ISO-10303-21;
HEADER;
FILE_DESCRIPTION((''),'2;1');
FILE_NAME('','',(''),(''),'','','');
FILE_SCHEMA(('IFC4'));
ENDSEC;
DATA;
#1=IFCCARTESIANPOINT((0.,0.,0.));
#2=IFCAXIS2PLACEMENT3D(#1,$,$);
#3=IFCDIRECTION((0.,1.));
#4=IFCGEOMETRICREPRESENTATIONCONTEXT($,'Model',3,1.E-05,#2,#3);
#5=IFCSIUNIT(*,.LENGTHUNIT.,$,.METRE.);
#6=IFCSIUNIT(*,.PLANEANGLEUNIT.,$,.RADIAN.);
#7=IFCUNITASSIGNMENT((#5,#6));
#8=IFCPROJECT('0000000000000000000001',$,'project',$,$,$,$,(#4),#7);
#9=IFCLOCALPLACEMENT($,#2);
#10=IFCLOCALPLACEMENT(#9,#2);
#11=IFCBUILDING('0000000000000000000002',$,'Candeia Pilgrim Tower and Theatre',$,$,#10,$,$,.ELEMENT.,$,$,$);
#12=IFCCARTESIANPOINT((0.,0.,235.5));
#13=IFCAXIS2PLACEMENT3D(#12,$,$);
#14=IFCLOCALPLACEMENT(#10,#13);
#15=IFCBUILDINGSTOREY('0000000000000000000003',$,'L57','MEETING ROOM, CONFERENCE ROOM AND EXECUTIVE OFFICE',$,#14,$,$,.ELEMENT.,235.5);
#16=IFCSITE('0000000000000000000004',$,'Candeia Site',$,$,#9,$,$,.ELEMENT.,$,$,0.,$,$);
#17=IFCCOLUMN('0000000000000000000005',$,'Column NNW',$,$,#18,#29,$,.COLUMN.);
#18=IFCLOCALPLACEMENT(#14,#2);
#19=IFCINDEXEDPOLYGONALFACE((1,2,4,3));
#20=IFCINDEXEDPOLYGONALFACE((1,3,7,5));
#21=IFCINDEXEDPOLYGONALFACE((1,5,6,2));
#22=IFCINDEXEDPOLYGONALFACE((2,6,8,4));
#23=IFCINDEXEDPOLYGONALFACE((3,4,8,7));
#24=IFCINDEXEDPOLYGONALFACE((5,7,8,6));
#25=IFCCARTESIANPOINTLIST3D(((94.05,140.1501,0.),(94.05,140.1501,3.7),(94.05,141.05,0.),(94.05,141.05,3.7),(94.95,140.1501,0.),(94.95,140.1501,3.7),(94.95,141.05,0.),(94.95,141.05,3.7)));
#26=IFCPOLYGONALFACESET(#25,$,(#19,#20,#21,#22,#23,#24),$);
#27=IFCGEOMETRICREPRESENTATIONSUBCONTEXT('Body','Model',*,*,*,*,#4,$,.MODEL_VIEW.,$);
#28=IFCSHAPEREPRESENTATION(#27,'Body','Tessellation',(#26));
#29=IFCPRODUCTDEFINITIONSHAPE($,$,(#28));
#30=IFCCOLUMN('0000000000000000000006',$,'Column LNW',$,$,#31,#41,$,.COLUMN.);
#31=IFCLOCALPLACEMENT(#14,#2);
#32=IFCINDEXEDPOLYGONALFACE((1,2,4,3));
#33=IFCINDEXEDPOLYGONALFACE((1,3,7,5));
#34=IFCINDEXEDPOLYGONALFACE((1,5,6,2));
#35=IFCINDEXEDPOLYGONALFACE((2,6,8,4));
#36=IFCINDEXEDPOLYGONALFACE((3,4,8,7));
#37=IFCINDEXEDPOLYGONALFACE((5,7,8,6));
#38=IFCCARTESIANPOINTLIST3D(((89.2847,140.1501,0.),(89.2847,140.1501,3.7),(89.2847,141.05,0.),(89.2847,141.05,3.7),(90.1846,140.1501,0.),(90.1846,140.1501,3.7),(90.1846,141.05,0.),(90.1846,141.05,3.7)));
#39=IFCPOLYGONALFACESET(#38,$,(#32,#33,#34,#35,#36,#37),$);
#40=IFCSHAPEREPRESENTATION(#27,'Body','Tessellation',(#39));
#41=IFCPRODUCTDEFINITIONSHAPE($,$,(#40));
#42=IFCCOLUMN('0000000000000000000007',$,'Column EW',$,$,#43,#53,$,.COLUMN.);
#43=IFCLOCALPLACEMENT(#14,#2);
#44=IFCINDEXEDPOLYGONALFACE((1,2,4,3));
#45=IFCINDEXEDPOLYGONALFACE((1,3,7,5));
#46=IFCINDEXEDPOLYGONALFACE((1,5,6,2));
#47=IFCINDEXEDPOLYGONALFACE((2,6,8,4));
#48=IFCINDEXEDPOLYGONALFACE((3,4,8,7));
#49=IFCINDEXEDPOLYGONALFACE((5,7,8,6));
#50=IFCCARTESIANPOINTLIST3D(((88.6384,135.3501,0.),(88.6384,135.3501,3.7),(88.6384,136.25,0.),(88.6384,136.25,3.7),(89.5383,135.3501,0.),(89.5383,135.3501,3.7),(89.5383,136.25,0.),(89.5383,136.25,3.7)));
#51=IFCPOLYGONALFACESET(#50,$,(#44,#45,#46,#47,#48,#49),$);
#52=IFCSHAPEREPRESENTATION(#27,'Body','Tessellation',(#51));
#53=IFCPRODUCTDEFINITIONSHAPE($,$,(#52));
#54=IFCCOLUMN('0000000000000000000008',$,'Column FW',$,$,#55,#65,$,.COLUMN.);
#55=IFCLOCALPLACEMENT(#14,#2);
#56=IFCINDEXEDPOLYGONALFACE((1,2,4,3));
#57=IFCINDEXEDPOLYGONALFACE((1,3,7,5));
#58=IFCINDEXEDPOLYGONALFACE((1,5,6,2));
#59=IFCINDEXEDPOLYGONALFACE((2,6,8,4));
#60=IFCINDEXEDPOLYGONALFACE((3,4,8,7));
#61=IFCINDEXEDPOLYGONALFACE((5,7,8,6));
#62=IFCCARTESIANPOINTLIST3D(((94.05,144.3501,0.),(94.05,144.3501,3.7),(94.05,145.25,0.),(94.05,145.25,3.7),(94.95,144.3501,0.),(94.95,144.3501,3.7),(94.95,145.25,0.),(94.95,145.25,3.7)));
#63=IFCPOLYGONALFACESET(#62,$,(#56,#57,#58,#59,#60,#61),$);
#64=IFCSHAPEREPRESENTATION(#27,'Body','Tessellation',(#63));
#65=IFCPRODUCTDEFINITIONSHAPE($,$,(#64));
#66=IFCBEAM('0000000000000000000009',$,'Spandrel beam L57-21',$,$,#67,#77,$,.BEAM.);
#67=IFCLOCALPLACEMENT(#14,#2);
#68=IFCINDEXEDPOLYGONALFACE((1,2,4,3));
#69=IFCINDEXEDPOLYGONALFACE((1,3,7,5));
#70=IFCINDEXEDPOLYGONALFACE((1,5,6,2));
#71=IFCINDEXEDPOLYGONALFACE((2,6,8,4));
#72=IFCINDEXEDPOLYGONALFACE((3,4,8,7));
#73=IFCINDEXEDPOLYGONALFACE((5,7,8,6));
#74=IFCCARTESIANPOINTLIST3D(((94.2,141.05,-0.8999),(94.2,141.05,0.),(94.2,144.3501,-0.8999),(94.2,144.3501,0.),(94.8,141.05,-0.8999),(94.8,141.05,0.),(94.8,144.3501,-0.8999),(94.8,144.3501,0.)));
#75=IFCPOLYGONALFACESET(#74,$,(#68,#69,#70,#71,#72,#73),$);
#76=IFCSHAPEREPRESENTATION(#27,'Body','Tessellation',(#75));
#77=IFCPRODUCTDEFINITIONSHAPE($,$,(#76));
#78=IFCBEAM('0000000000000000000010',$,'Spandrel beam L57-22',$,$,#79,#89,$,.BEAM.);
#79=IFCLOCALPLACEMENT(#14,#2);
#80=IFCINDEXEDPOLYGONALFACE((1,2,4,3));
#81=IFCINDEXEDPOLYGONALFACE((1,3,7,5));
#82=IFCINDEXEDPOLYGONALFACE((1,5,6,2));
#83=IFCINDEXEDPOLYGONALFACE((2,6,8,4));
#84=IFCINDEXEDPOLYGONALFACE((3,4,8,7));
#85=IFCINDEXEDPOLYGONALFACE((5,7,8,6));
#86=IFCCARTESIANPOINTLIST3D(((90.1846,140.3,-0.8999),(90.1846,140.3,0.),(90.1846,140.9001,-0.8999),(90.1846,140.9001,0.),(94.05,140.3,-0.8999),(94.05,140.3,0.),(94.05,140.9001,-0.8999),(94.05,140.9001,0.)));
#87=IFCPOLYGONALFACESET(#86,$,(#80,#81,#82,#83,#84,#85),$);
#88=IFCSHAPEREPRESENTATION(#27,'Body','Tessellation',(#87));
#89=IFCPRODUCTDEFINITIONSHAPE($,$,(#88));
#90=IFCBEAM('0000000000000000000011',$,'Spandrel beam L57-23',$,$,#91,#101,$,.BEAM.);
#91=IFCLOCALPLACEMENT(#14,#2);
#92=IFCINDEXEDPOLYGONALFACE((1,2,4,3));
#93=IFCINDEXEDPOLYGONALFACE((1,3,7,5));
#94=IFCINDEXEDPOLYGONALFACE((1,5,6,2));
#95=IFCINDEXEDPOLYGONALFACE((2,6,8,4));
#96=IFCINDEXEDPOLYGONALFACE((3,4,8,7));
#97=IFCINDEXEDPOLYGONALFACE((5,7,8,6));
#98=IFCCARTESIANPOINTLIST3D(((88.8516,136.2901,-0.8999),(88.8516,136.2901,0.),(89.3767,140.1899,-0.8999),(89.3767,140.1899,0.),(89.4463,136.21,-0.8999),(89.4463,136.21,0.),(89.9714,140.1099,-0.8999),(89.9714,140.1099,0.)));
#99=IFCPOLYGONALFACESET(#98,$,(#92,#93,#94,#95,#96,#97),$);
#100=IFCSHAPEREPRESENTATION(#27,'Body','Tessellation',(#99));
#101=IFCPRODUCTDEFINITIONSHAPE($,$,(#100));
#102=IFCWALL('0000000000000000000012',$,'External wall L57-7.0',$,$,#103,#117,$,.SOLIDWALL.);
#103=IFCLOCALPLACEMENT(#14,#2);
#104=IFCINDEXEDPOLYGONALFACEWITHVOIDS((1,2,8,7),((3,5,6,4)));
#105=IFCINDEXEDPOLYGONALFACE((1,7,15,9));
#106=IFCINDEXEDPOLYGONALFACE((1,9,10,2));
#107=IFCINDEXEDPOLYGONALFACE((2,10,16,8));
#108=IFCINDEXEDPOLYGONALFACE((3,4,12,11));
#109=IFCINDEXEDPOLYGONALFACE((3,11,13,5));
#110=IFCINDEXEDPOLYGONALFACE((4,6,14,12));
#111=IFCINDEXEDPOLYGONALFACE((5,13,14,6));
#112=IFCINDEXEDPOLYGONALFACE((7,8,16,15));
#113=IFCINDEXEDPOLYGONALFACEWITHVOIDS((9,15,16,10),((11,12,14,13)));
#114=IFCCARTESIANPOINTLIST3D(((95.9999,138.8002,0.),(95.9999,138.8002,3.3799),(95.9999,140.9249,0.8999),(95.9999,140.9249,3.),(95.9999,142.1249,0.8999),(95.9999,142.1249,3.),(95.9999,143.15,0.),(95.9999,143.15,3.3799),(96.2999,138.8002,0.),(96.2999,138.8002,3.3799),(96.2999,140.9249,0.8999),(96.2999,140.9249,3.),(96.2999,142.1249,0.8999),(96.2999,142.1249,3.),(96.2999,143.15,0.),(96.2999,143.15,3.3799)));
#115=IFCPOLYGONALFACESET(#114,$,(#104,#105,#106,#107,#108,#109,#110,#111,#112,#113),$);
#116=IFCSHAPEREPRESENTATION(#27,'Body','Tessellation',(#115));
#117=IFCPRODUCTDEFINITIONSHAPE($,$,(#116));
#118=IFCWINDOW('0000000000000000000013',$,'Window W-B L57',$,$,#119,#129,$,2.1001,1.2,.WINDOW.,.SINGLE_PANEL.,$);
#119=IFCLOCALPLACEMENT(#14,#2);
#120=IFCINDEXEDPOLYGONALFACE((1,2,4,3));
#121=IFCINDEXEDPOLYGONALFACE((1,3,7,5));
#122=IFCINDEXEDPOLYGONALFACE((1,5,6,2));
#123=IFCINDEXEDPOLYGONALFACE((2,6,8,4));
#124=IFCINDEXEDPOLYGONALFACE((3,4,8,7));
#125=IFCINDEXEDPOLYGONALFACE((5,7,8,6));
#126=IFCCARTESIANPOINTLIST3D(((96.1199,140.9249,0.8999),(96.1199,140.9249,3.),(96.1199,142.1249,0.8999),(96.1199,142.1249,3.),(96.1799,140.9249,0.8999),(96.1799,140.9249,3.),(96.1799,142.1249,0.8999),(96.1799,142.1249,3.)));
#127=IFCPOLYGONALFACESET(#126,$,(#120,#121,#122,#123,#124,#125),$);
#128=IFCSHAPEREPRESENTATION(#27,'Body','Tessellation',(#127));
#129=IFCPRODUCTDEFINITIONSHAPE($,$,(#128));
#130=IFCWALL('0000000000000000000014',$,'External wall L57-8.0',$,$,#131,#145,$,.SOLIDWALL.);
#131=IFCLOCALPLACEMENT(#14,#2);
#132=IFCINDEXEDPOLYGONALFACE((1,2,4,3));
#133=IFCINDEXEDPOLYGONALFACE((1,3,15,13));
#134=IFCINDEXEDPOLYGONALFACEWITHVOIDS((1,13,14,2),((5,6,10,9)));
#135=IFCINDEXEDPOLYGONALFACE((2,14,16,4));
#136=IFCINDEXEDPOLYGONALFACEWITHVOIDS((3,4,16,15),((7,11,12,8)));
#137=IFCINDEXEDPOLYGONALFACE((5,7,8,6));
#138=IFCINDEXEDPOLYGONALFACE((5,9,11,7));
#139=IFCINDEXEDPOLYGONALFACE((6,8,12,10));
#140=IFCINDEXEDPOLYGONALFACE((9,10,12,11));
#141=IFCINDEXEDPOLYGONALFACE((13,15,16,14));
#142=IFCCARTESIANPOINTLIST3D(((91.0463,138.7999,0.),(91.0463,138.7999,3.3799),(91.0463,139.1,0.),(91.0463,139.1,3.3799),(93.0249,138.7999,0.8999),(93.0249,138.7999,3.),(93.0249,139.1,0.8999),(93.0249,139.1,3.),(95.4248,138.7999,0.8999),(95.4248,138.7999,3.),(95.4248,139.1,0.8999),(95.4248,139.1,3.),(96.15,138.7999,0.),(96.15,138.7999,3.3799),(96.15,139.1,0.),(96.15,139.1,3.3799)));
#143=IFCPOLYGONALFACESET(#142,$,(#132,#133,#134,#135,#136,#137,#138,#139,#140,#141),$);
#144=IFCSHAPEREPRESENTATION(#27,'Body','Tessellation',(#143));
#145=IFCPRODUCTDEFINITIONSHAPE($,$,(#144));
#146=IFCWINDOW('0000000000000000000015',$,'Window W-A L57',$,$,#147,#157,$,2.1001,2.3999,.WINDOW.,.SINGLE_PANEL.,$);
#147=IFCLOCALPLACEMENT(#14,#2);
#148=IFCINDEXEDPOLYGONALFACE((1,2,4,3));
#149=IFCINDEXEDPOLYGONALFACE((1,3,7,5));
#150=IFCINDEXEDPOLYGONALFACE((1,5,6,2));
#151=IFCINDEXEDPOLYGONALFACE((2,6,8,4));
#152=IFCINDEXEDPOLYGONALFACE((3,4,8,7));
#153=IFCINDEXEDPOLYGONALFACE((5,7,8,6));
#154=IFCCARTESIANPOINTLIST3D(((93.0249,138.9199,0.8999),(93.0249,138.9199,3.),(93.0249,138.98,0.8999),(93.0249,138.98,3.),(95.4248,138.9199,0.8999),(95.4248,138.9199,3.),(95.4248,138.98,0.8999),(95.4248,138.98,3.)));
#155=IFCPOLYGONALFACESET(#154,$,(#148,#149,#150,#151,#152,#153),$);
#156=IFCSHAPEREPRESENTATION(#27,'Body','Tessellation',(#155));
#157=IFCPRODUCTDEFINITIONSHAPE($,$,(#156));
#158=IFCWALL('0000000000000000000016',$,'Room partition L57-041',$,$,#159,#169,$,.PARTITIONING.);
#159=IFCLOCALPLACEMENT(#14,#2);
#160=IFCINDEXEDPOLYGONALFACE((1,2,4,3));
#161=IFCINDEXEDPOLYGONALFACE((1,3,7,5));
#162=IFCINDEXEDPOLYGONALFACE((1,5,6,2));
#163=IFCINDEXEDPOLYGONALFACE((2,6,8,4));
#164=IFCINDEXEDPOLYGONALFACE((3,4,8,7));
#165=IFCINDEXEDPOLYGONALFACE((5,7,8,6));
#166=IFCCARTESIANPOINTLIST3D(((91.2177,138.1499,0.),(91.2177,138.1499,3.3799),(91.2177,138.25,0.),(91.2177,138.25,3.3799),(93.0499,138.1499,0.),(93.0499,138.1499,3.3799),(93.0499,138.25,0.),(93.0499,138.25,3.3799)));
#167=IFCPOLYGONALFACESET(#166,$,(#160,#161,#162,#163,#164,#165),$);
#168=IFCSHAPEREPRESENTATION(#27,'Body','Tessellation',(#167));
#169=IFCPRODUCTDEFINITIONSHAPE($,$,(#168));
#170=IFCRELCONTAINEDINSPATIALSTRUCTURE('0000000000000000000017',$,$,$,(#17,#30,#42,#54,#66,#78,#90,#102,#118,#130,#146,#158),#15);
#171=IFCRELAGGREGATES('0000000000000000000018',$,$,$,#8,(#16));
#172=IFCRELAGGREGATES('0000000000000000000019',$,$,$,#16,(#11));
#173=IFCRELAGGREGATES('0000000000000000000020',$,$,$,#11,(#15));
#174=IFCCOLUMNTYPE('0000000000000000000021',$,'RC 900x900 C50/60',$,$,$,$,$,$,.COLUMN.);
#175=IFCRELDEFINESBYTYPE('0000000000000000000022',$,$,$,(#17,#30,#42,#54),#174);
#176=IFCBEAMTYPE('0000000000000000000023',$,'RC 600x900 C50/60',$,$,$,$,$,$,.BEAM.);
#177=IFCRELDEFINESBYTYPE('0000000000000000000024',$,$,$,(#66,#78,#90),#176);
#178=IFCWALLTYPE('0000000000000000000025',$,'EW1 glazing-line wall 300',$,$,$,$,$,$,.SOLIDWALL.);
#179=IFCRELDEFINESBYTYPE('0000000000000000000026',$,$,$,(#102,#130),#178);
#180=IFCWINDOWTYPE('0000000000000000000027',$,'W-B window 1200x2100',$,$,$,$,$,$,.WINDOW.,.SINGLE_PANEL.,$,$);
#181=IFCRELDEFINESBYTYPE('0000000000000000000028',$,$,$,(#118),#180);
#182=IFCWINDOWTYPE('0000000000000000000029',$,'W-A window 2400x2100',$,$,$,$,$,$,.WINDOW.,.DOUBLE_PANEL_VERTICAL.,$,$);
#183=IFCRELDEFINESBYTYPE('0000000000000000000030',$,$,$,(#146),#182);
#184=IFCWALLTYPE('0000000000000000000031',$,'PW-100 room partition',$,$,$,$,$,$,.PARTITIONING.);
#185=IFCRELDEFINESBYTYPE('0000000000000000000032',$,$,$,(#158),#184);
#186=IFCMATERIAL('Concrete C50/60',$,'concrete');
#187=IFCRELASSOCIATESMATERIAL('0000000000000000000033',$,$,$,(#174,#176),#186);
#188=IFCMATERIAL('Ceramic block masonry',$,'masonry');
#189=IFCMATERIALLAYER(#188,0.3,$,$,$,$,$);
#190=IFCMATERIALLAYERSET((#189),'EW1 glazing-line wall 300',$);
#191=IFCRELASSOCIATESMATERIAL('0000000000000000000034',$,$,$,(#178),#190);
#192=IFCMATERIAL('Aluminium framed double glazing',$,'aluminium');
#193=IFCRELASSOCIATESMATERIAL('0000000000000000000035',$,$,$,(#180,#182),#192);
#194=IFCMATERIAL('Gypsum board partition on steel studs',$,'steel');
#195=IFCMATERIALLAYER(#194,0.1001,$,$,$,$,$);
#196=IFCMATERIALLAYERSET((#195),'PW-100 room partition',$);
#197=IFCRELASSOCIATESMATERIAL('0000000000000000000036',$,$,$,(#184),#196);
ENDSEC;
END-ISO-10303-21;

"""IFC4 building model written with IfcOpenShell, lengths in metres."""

from ifc_helpers import new_model, si_unit, direction, frame, frame_2d, origin, origin_2d, place, context, subcontext, project, spatial, rectangle, extrude, material, layer, layer_set, material_profile, profile_set, type_object, element, fill, save


model = new_model("IFC4")

# Units and contexts
model_context = context("Model", 3, precision=1e-05, world=origin(), true_north=direction((0.0, 1.0)))
body_context = subcontext(model_context, "Body", "Model", "MODEL_VIEW")
ifc_project = project(units=[si_unit("LENGTHUNIT", "METRE"), si_unit("PLANEANGLEUNIT", "RADIAN")], contexts=[model_context])

# Site, building, storey
site_placement = place(None, origin())
site = spatial("IfcSite", under=ifc_project, at=site_placement, Name="Candeia Site", CompositionType="ELEMENT", RefElevation=0.0)
building_placement = place(site_placement, origin())
building = spatial("IfcBuilding", under=site, at=building_placement, Name="Candeia Pilgrim Tower and Theatre", CompositionType="ELEMENT")
storey_placement = place(building_placement, frame((0.0, 0.0, 235.5)))
storey = spatial("IfcBuildingStorey", under=building, at=storey_placement, Name="L57", Description="MEETING ROOM, CONFERENCE ROOM AND EXECUTIVE OFFICE", CompositionType="ELEMENT", Elevation=235.5)

# Columns
ifc_material_1 = material(Name="Concrete C50/60", Category="concrete")
ifc_material_profile_1 = material_profile(ifc_material_1, rectangle(XDim=0.8999, YDim=0.8999, at=origin_2d()))
ifc_profile_set_1 = profile_set([ifc_material_profile_1], Name="Concrete C50/60")
column_type = type_object("IfcColumnType", Name="RC 900x900 C50/60", PredefinedType="COLUMN", material=ifc_profile_set_1)
for number, where, z_axis, x_axis, name in (
    (1, (94.5, 140.6001, 0.0), (0.0, 0.0, 1.0), (1.0, 0.0, 0.0), "Column NNW"),
    (2, (89.7346, 140.6001, 0.0), (0.0, 0.0, 1.0), (1.0, 0.0, 0.0), "Column LNW"),
    (3, (89.0884, 135.8, 0.0), (0.0, 0.0, 1.0), (1.0, 0.0, 0.0), "Column EW"),
    (4, (94.5, 144.8, 0.0), (0.0, 0.0, 1.0), (1.0, 0.0, 0.0), "Column FW"),
):
    element("IfcColumn", number, at=place(storey_placement, frame(where, z_axis=z_axis, x_axis=x_axis)), inside=storey, type_object=column_type, Name=name, PredefinedType="COLUMN", context=body_context, shape_type="SweptSolid", body=[
        extrude(rectangle(XDim=0.8999, YDim=0.8999, at=origin_2d()), origin(), (0.0, 0.0, 1.0), 3.7),
    ])

# Beams
ifc_material_profile_2 = material_profile(ifc_material_1, rectangle(XDim=0.6001, YDim=0.8999, at=origin_2d()))
ifc_profile_set_2 = profile_set([ifc_material_profile_2], Name="Concrete C50/60")
beam_type = type_object("IfcBeamType", Name="RC 600x900 C50/60", PredefinedType="BEAM", material=ifc_profile_set_2)
beam_1_placement = place(storey_placement, frame((94.5, 144.3501, -0.45), z_axis=(0.0, -1.0, 0.0), x_axis=(1.0, 0.0, 0.0)))
element("IfcBeam", 5, at=beam_1_placement, inside=storey, type_object=beam_type, Name="Spandrel beam L57-21", PredefinedType="BEAM", context=body_context, shape_type="SweptSolid", body=[
    extrude(rectangle(XDim=0.6001, YDim=0.8999, at=origin_2d()), origin(), (0.0, 0.0, 1.0), 3.3),
])
beam_2_placement = place(storey_placement, frame((94.05, 140.6001, -0.45), z_axis=(-1.0, 0.0, 0.0), x_axis=(0.0, -1.0, 0.0)))
element("IfcBeam", 6, at=beam_2_placement, inside=storey, type_object=beam_type, Name="Spandrel beam L57-22", PredefinedType="BEAM", context=body_context, shape_type="SweptSolid", body=[
    extrude(rectangle(XDim=0.6001, YDim=0.8999, at=origin_2d()), origin(), (0.0, 0.0, 1.0), 3.8655),
])
beam_3_placement = place(storey_placement, frame((89.6741, 140.1499, -0.45), z_axis=(-0.133452, -0.991055, 0.0), x_axis=(0.991055, -0.133452, 0.0)))
element("IfcBeam", 7, at=beam_3_placement, inside=storey, type_object=beam_type, Name="Spandrel beam L57-23", PredefinedType="BEAM", context=body_context, shape_type="SweptSolid", body=[
    extrude(rectangle(XDim=0.6001, YDim=0.8999, at=origin_2d()), origin(), (0.0, 0.0, 1.0), 3.9351),
])

# Walls, openings, windows
ifc_material_2 = material(Name="Ceramic block masonry", Category="masonry")
ifc_layer_1 = layer(ifc_material_2, 0.3)
ifc_layer_set_1 = layer_set([ifc_layer_1], Name="EW1 glazing-line wall 300")
wall_type_1 = type_object("IfcWallType", Name="EW1 glazing-line wall 300", PredefinedType="SOLIDWALL", material=ifc_layer_set_1)
wall_1_placement = place(storey_placement, frame((96.1499, 143.1499, 0.0), z_axis=(0.0, 0.0, 1.0), x_axis=(0.0, -1.0, 0.0)))
wall_1 = element("IfcWall", 8, at=wall_1_placement, inside=storey, type_object=wall_type_1, Name="External wall L57-7.0", PredefinedType="SOLIDWALL", context=body_context, shape_type="SweptSolid", body=[
    extrude(rectangle(XDim=4.3499, YDim=0.3, at=frame_2d((2.1748, 0.0))), origin(), (0.0, 0.0, 1.0), 3.3799),
])
opening_1_placement = place(wall_1_placement, frame((1.0249, 0.0, 0.8999)))
opening_1 = element("IfcOpeningElement", 9, at=opening_1_placement, cuts=wall_1, PredefinedType="OPENING", context=body_context, shape_type="SweptSolid", body=[
    extrude(rectangle(XDim=1.2, YDim=2.1001, at=frame_2d((0.6001, 1.05))), frame((0.0, 0.1602, 0.0), z_axis=(0.0, -1.0, 0.0), x_axis=(1.0, 0.0, 0.0)), (0.0, 0.0, 1.0), 0.3201),
])
ifc_material_3 = material(Name="Aluminium framed double glazing", Category="aluminium")
window_type_1 = type_object("IfcWindowType", Name="W-B window 1200x2100", PartitioningType="SINGLE_PANEL", PredefinedType="WINDOW", material=ifc_material_3)
window_1_placement = place(opening_1_placement, origin())
window_1 = element("IfcWindow", 10, at=window_1_placement, inside=storey, type_object=window_type_1, Name="Window W-B L57", OverallHeight=2.1001, OverallWidth=1.2, PartitioningType="SINGLE_PANEL", PredefinedType="WINDOW", context=body_context, shape_type="SweptSolid", body=[
    extrude(rectangle(XDim=1.2, YDim=2.1001, at=frame_2d((0.6001, 1.05))), frame((0.0, 0.03, 0.0), z_axis=(0.0, -1.0, 0.0), x_axis=(1.0, 0.0, 0.0)), (0.0, 0.0, 1.0), 0.0601),
])
fill(opening_1, window_1)
wall_2_placement = place(storey_placement, frame((96.1499, 138.95, 0.0), z_axis=(0.0, 0.0, 1.0), x_axis=(-1.0, 0.0, 0.0)))
wall_2 = element("IfcWall", 11, at=wall_2_placement, inside=storey, type_object=wall_type_1, Name="External wall L57-8.0", PredefinedType="SOLIDWALL", context=body_context, shape_type="SweptSolid", body=[
    extrude(rectangle(XDim=5.1038, YDim=0.3, at=frame_2d((2.5518, 0.0))), origin(), (0.0, 0.0, 1.0), 3.3799),
])
opening_2_placement = place(wall_2_placement, frame((0.7251, 0.0, 0.8999)))
opening_2 = element("IfcOpeningElement", 12, at=opening_2_placement, cuts=wall_2, PredefinedType="OPENING", context=body_context, shape_type="SweptSolid", body=[
    extrude(rectangle(XDim=2.3999, YDim=2.1001, at=frame_2d((1.2, 1.05))), frame((0.0, 0.1602, 0.0), z_axis=(0.0, -1.0, 0.0), x_axis=(1.0, 0.0, 0.0)), (0.0, 0.0, 1.0), 0.3201),
])
window_type_2 = type_object("IfcWindowType", Name="W-A window 2400x2100", PartitioningType="DOUBLE_PANEL_VERTICAL", PredefinedType="WINDOW", material=ifc_material_3)
window_2_placement = place(opening_2_placement, origin())
window_2 = element("IfcWindow", 13, at=window_2_placement, inside=storey, type_object=window_type_2, Name="Window W-A L57", OverallHeight=2.1001, OverallWidth=2.3999, PartitioningType="SINGLE_PANEL", PredefinedType="WINDOW", context=body_context, shape_type="SweptSolid", body=[
    extrude(rectangle(XDim=2.3999, YDim=2.1001, at=frame_2d((1.2, 1.05))), frame((0.0, 0.03, 0.0), z_axis=(0.0, -1.0, 0.0), x_axis=(1.0, 0.0, 0.0)), (0.0, 0.0, 1.0), 0.0601),
])
fill(opening_2, window_2)

# Wall
ifc_material_4 = material(Name="Gypsum board partition on steel studs", Category="steel")
ifc_layer_2 = layer(ifc_material_4, 0.1001)
ifc_layer_set_2 = layer_set([ifc_layer_2], Name="PW-100 room partition")
wall_type_2 = type_object("IfcWallType", Name="PW-100 room partition", PredefinedType="PARTITIONING", material=ifc_layer_set_2)
wall_3_placement = place(storey_placement, frame((91.2178, 138.2, 0.0), z_axis=(0.0, 0.0, 1.0), x_axis=(1.0, 0.0, 0.0)))
element("IfcWall", 14, at=wall_3_placement, inside=storey, type_object=wall_type_2, Name="Room partition L57-041", PredefinedType="PARTITIONING", context=body_context, shape_type="SweptSolid", body=[
    extrude(rectangle(XDim=1.8323, YDim=0.1001, at=frame_2d((0.916, 0.0))), origin(), (0.0, 0.0, 1.0), 3.3799),
])

save(model, "model.ifc")
